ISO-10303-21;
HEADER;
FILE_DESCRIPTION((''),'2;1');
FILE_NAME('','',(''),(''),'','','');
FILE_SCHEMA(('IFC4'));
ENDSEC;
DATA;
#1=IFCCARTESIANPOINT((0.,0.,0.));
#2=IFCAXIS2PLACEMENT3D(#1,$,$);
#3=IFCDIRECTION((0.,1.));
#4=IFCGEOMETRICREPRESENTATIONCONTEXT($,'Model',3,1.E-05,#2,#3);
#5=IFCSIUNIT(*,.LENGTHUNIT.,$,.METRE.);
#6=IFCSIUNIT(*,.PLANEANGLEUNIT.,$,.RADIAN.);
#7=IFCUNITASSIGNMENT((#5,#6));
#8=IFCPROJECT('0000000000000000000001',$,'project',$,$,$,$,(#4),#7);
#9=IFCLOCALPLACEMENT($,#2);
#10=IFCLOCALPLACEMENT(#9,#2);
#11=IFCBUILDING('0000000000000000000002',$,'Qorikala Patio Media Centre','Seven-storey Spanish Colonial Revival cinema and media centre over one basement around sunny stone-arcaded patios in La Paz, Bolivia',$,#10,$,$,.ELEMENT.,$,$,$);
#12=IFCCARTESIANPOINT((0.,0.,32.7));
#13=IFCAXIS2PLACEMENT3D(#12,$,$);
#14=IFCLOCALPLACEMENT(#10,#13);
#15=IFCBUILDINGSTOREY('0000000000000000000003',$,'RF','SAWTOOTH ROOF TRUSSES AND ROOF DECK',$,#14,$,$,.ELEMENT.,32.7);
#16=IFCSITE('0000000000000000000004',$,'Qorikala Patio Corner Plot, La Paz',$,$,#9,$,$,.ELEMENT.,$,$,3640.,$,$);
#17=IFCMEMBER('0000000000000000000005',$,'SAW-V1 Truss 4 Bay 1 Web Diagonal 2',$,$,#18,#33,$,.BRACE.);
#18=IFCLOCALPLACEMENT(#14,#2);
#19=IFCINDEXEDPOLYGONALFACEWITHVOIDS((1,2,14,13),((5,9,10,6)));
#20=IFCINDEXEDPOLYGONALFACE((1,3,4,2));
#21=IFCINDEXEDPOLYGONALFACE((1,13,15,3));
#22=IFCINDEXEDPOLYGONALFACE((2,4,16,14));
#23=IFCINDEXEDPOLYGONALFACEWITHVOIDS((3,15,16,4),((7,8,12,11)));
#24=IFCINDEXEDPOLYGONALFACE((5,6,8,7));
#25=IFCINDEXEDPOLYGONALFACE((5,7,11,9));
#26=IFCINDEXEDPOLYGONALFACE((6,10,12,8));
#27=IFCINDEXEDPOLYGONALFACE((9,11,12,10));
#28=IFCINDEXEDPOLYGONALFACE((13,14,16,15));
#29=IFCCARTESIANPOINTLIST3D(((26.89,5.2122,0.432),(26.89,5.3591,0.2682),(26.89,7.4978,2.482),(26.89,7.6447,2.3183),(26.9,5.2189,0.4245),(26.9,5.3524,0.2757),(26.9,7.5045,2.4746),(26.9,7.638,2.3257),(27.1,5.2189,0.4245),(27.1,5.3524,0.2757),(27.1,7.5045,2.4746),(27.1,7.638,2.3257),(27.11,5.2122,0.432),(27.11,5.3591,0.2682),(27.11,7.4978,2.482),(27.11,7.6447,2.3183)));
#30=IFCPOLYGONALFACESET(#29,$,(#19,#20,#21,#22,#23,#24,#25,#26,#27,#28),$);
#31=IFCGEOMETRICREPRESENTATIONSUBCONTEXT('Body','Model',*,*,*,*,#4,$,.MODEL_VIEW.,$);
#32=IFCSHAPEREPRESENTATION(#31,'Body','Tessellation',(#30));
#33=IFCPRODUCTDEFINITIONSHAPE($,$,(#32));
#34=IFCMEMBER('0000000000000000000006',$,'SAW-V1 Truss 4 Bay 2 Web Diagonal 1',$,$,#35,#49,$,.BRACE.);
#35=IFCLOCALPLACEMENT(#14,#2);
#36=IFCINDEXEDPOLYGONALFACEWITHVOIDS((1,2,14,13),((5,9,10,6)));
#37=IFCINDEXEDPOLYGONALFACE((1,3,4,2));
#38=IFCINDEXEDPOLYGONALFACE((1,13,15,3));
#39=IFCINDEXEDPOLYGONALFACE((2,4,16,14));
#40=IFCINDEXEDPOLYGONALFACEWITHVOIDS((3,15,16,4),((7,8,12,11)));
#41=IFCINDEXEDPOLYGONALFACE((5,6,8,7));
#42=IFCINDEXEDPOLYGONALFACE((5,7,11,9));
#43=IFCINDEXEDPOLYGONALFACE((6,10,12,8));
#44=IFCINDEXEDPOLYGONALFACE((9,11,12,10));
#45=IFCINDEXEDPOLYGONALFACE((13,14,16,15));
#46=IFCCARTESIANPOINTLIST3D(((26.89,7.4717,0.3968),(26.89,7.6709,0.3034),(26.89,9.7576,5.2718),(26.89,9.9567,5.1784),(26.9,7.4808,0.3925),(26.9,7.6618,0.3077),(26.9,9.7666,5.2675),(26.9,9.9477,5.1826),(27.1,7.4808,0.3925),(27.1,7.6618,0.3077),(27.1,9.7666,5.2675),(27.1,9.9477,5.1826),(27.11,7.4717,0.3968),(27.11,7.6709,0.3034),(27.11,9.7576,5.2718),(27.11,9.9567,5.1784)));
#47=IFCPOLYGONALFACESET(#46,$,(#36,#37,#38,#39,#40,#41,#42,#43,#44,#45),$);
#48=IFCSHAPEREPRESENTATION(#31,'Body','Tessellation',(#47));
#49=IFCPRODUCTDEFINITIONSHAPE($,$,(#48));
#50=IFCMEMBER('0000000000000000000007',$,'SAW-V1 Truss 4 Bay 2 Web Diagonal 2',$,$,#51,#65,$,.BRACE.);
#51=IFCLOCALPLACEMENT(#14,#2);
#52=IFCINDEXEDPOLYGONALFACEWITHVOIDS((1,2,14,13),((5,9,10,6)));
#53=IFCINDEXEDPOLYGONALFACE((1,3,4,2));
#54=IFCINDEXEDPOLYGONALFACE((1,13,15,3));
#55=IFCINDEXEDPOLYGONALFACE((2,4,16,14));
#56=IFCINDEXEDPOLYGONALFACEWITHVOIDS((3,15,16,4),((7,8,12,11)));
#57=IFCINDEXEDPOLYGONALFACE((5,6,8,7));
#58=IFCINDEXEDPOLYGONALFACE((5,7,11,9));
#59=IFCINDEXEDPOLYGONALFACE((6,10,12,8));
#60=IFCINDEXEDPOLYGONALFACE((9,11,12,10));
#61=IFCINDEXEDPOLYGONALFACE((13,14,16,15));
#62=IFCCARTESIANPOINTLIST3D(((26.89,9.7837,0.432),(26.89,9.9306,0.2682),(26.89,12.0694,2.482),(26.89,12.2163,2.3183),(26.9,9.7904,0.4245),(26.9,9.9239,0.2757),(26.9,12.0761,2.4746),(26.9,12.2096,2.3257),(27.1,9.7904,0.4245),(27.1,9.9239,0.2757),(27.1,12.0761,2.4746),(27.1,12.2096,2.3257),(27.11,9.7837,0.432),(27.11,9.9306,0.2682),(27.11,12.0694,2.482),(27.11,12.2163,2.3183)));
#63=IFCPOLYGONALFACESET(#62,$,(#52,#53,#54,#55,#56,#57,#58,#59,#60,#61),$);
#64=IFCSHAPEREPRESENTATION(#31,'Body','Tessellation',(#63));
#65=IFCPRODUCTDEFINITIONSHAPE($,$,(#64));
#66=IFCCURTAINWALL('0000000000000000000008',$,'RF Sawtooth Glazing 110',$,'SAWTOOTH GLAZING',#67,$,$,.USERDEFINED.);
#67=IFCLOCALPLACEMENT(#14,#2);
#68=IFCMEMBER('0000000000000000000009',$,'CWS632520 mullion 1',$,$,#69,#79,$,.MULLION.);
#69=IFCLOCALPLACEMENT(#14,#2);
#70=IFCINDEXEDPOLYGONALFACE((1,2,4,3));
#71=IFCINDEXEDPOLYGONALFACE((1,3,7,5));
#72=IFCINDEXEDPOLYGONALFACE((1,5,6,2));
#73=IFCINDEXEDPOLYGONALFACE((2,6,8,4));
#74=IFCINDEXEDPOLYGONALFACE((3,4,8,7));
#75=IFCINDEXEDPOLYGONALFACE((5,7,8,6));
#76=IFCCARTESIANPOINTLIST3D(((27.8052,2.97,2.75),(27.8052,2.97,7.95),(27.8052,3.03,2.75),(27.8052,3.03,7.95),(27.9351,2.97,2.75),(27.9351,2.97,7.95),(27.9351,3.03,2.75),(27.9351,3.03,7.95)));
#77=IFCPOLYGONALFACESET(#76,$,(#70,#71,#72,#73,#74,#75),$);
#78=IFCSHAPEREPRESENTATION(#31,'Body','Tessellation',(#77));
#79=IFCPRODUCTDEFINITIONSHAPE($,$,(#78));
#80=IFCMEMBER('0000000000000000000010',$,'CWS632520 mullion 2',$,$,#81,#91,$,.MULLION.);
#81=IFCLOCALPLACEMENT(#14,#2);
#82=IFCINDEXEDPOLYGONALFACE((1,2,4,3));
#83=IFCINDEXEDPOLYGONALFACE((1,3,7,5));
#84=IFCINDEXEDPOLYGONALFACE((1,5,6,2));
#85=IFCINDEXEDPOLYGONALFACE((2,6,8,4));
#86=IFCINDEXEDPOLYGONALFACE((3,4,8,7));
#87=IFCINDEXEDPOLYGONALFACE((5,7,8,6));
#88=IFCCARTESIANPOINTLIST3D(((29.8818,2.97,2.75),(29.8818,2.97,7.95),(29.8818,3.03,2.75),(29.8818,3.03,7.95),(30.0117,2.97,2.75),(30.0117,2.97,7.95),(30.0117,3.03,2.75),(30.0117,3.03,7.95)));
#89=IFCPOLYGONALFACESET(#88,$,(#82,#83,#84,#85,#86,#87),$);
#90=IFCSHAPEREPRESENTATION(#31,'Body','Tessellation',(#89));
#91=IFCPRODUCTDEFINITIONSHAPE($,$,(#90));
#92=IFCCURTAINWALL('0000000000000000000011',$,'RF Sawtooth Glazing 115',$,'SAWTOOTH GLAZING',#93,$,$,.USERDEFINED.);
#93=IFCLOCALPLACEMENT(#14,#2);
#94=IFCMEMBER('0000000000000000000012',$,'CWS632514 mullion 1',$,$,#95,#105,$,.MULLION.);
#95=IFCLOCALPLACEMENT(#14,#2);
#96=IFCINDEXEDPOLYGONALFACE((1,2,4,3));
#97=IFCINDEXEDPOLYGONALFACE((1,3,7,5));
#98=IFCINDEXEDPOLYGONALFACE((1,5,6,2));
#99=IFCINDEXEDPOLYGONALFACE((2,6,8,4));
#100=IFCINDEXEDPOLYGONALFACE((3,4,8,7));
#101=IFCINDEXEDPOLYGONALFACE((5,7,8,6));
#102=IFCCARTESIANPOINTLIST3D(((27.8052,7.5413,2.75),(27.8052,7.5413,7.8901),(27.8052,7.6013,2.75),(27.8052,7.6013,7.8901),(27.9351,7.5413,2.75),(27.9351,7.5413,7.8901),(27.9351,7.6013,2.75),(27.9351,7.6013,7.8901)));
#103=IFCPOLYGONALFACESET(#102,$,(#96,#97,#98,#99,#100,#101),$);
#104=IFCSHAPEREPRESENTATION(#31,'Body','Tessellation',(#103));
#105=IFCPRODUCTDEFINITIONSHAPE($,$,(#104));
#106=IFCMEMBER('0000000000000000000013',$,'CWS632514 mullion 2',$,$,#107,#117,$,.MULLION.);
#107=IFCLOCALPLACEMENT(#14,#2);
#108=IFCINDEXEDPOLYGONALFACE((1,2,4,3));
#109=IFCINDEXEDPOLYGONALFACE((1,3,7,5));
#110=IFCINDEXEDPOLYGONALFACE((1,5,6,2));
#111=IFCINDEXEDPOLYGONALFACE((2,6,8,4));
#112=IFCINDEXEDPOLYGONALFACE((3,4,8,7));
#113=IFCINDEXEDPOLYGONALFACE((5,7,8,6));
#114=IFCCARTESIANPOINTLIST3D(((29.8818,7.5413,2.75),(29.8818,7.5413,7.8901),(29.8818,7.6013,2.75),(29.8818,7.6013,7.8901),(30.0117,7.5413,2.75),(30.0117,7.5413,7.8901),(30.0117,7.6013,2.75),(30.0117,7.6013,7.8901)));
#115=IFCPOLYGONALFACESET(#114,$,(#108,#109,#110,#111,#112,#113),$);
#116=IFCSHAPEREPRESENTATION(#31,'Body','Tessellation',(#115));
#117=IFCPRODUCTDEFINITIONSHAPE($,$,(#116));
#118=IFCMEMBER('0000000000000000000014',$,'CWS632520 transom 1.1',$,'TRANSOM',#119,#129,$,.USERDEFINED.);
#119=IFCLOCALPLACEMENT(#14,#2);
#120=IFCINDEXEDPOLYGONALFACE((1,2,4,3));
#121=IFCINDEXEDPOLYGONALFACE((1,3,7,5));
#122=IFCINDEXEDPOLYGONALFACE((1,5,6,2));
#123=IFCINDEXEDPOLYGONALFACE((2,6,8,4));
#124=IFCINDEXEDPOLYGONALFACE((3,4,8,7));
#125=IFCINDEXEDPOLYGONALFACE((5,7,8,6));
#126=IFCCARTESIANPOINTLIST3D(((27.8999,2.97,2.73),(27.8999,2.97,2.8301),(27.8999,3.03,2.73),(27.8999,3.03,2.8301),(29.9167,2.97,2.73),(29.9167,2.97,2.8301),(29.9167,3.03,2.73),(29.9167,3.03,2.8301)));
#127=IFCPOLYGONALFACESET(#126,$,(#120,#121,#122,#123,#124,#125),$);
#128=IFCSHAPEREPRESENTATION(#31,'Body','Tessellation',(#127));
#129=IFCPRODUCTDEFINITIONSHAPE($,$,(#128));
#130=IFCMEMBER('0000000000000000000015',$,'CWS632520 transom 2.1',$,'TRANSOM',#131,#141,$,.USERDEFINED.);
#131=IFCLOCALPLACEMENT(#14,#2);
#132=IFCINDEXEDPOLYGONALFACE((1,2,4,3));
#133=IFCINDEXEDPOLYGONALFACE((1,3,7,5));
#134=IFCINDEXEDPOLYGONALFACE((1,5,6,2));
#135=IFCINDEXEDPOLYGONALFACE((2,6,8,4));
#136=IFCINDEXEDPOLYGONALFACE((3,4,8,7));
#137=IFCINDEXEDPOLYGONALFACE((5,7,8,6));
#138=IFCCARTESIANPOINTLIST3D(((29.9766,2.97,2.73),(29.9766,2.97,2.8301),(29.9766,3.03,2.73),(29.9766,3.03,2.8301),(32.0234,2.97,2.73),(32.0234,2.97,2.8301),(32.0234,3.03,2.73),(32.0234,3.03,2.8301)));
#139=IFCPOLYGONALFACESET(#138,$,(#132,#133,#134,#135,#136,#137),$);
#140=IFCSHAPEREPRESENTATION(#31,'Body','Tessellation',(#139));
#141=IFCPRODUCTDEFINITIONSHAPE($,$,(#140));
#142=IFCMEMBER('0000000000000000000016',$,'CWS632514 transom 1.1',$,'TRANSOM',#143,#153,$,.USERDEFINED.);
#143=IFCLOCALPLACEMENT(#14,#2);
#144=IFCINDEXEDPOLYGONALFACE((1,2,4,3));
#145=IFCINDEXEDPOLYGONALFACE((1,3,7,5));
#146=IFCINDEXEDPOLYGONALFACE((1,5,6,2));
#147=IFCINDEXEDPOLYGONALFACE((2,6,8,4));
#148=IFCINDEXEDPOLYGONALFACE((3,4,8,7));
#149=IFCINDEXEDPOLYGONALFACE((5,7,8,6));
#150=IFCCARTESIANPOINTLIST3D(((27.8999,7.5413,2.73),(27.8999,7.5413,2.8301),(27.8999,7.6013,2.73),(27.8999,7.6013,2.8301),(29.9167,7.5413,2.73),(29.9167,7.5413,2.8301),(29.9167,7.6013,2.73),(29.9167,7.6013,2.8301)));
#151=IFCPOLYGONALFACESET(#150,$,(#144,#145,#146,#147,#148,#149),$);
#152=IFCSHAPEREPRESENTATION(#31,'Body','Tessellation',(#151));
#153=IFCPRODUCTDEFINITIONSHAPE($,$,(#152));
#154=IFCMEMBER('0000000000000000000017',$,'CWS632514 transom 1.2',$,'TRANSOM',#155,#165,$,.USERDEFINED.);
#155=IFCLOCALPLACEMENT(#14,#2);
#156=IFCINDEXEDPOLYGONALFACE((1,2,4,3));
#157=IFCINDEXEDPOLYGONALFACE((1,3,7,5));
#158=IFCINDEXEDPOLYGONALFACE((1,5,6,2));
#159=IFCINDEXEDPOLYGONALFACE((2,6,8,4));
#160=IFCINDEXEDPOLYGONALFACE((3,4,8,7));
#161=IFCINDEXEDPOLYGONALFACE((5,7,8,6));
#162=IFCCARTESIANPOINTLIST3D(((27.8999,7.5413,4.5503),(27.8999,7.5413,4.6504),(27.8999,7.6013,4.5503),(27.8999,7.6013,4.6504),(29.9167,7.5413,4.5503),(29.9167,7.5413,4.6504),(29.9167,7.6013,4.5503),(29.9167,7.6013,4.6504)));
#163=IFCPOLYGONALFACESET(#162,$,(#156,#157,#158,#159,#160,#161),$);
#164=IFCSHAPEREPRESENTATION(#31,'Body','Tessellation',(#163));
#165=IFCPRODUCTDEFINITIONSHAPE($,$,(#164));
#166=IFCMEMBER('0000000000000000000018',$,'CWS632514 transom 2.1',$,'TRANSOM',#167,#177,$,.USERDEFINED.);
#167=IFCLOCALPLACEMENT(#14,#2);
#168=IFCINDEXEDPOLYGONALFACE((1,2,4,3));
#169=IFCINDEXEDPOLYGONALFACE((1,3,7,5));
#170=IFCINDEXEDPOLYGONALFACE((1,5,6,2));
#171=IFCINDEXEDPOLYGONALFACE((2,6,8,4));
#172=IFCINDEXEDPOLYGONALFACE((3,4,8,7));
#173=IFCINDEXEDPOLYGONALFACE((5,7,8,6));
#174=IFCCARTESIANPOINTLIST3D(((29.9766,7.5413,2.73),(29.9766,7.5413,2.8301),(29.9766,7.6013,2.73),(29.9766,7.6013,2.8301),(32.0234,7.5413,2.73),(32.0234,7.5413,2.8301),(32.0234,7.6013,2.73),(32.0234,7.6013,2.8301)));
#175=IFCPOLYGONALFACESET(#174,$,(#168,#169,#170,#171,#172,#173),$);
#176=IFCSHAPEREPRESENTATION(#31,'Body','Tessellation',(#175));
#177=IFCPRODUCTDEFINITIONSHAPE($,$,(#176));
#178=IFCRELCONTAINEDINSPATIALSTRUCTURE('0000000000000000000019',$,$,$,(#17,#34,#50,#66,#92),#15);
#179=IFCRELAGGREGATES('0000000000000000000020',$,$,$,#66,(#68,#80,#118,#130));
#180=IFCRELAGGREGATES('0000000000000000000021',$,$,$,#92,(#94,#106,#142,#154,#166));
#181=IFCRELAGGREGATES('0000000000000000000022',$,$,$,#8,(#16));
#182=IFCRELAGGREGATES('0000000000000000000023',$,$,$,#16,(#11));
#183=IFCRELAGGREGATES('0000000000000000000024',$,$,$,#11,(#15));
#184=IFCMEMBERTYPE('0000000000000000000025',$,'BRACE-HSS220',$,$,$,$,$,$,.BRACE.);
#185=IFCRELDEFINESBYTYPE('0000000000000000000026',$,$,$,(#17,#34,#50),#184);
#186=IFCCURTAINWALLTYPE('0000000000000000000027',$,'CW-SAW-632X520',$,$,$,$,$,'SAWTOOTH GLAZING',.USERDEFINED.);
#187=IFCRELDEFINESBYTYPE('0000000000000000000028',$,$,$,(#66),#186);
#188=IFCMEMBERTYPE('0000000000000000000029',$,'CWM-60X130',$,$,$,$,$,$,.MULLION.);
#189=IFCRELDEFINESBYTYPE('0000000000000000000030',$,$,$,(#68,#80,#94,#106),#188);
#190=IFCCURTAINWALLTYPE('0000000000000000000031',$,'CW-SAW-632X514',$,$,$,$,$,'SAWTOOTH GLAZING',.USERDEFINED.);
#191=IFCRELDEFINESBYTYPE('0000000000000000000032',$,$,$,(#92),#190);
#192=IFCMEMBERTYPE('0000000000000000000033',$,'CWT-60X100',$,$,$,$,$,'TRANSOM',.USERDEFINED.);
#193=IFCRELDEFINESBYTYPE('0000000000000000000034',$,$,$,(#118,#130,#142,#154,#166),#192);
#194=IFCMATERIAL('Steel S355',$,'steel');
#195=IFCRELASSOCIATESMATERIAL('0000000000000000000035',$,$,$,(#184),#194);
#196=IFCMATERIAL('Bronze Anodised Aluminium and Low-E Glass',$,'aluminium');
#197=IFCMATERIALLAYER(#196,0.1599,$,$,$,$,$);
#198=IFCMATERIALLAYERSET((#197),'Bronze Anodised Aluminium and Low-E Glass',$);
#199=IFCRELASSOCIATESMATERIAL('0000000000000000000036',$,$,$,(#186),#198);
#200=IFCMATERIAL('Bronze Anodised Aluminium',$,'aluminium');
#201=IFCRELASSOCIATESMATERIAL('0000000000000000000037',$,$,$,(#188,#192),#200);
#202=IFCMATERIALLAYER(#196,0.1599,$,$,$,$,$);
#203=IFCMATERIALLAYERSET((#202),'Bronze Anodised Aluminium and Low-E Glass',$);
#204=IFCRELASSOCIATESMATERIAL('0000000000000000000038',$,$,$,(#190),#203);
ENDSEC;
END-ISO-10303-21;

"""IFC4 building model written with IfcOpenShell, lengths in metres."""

from ifc_helpers import new_model, si_unit, direction, frame, origin, origin_2d, place, context, subcontext, project, spatial, rectangle, hollow_rectangle, extrude, material, layer, layer_set, material_profile, profile_set, type_object, element, aggregate, save


model = new_model("IFC4")

# Units and contexts
model_context = context("Model", 3, precision=1e-05, world=origin(), true_north=direction((0.0, 1.0)))
body_context = subcontext(model_context, "Body", "Model", "MODEL_VIEW")
ifc_project = project(units=[si_unit("LENGTHUNIT", "METRE"), si_unit("PLANEANGLEUNIT", "RADIAN")], contexts=[model_context])

# Site, building, storey
site_placement = place(None, origin())
site = spatial("IfcSite", under=ifc_project, at=site_placement, Name="Qorikala Patio Corner Plot, La Paz", CompositionType="ELEMENT", RefElevation=3640.0)
building_placement = place(site_placement, origin())
building = spatial("IfcBuilding", under=site, at=building_placement, Name="Qorikala Patio Media Centre", Description="Seven-storey Spanish Colonial Revival cinema and media centre over one basement around sunny stone-arcaded patios in La Paz, Bolivia", CompositionType="ELEMENT")
storey_placement = place(building_placement, frame((0.0, 0.0, 32.7)))
storey = spatial("IfcBuildingStorey", under=building, at=storey_placement, Name="RF", Description="SAWTOOTH ROOF TRUSSES AND ROOF DECK", CompositionType="ELEMENT", Elevation=32.7)

# Members
ifc_material_1 = material(Name="Steel S355", Category="steel")
ifc_material_profile_1 = material_profile(ifc_material_1, hollow_rectangle(XDim=0.22, YDim=0.22, WallThickness=0.01, at=origin_2d()), Name="HSS220X220X10")
ifc_profile_set_1 = profile_set([ifc_material_profile_1], Name="Steel S355")
member_type_1 = type_object("IfcMemberType", Name="BRACE-HSS220", PredefinedType="BRACE", material=ifc_profile_set_1)
member_1_placement = place(storey_placement, frame((27.0, 5.2856, 0.3501), z_axis=(0.0, 0.744432, 0.667699), x_axis=(-1.0, 0.0, 0.0)))
element("IfcMember", 1, at=member_1_placement, inside=storey, type_object=member_type_1, Name="SAW-V1 Truss 4 Bay 1 Web Diagonal 2", PredefinedType="BRACE", context=body_context, shape_type="SweptSolid", body=[
    extrude(hollow_rectangle(XDim=0.22, YDim=0.22, WallThickness=0.01, at=origin_2d()), origin(), (0.0, 0.0, 1.0), 3.0703),
])
member_2_placement = place(storey_placement, frame((27.0, 7.5713, 0.3501), z_axis=(0.0, 0.424545, 0.905407), x_axis=(-1.0, 0.0, 0.0)))
element("IfcMember", 2, at=member_2_placement, inside=storey, type_object=member_type_1, Name="SAW-V1 Truss 4 Bay 2 Web Diagonal 1", PredefinedType="BRACE", context=body_context, shape_type="SweptSolid", body=[
    extrude(hollow_rectangle(XDim=0.22, YDim=0.22, WallThickness=0.01, at=origin_2d()), origin(), (0.0, 0.0, 1.0), 5.3843),
])
member_3_placement = place(storey_placement, frame((27.0, 9.8572, 0.3501), z_axis=(0.0, 0.744432, 0.667699), x_axis=(-1.0, 0.0, 0.0)))
element("IfcMember", 3, at=member_3_placement, inside=storey, type_object=member_type_1, Name="SAW-V1 Truss 4 Bay 2 Web Diagonal 2", PredefinedType="BRACE", context=body_context, shape_type="SweptSolid", body=[
    extrude(hollow_rectangle(XDim=0.22, YDim=0.22, WallThickness=0.01, at=origin_2d()), origin(), (0.0, 0.0, 1.0), 3.0703),
])

# Curtain walls, members
ifc_material_2 = material(Name="Bronze Anodised Aluminium and Low-E Glass", Category="aluminium")
ifc_layer_1 = layer(ifc_material_2, 0.1599)
ifc_layer_set_1 = layer_set([ifc_layer_1], Name="Bronze Anodised Aluminium and Low-E Glass")
curtain_wall_type_1 = type_object("IfcCurtainWallType", Name="CW-SAW-632X520", ElementType="SAWTOOTH GLAZING", PredefinedType="USERDEFINED", material=ifc_layer_set_1)
curtain_wall_1_placement = place(storey_placement, origin())
curtain_wall_1 = element("IfcCurtainWall", 4, at=curtain_wall_1_placement, inside=storey, type_object=curtain_wall_type_1, Name="RF Sawtooth Glazing 110", ObjectType="SAWTOOTH GLAZING", PredefinedType="USERDEFINED")
ifc_material_3 = material(Name="Bronze Anodised Aluminium", Category="aluminium")
ifc_material_profile_2 = material_profile(ifc_material_3, rectangle(XDim=0.0601, YDim=0.1299, at=origin_2d()), Name="ALU MULLION 60x130")
ifc_profile_set_2 = profile_set([ifc_material_profile_2], Name="Bronze Anodised Aluminium")
member_type_2 = type_object("IfcMemberType", Name="CWM-60X130", PredefinedType="MULLION", material=ifc_profile_set_2)
member_4_placement = place(storey_placement, frame((27.8701, 3.0, 2.75), z_axis=(0.0, 0.0, 1.0), x_axis=(0.0, 1.0, 0.0)))
member_4 = element("IfcMember", 5, at=member_4_placement, type_object=member_type_2, Name="CWS632520 mullion 1", PredefinedType="MULLION", context=body_context, shape_type="SweptSolid", body=[
    extrude(rectangle(XDim=0.0601, YDim=0.1299, at=origin_2d()), origin(), (0.0, 0.0, 1.0), 5.2),
])
member_5_placement = place(storey_placement, frame((29.9468, 3.0, 2.75), z_axis=(0.0, 0.0, 1.0), x_axis=(0.0, 1.0, 0.0)))
member_5 = element("IfcMember", 6, at=member_5_placement, type_object=member_type_2, Name="CWS632520 mullion 2", PredefinedType="MULLION", context=body_context, shape_type="SweptSolid", body=[
    extrude(rectangle(XDim=0.0601, YDim=0.1299, at=origin_2d()), origin(), (0.0, 0.0, 1.0), 5.2),
])
ifc_layer_2 = layer(ifc_material_2, 0.1599)
ifc_layer_set_2 = layer_set([ifc_layer_2], Name="Bronze Anodised Aluminium and Low-E Glass")
curtain_wall_type_2 = type_object("IfcCurtainWallType", Name="CW-SAW-632X514", ElementType="SAWTOOTH GLAZING", PredefinedType="USERDEFINED", material=ifc_layer_set_2)
curtain_wall_2_placement = place(storey_placement, origin())
curtain_wall_2 = element("IfcCurtainWall", 7, at=curtain_wall_2_placement, inside=storey, type_object=curtain_wall_type_2, Name="RF Sawtooth Glazing 115", ObjectType="SAWTOOTH GLAZING", PredefinedType="USERDEFINED")
member_6_placement = place(storey_placement, frame((27.8701, 7.5713, 2.75), z_axis=(0.0, 0.0, 1.0), x_axis=(0.0, 1.0, 0.0)))
member_6 = element("IfcMember", 8, at=member_6_placement, type_object=member_type_2, Name="CWS632514 mullion 1", PredefinedType="MULLION", context=body_context, shape_type="SweptSolid", body=[
    extrude(rectangle(XDim=0.0601, YDim=0.1299, at=origin_2d()), origin(), (0.0, 0.0, 1.0), 5.1401),
])
member_7_placement = place(storey_placement, frame((29.9468, 7.5713, 2.75), z_axis=(0.0, 0.0, 1.0), x_axis=(0.0, 1.0, 0.0)))
member_7 = element("IfcMember", 9, at=member_7_placement, type_object=member_type_2, Name="CWS632514 mullion 2", PredefinedType="MULLION", context=body_context, shape_type="SweptSolid", body=[
    extrude(rectangle(XDim=0.0601, YDim=0.1299, at=origin_2d()), origin(), (0.0, 0.0, 1.0), 5.1401),
])

# Members
ifc_material_profile_3 = material_profile(ifc_material_3, rectangle(XDim=0.0601, YDim=0.1001, at=origin_2d()), Name="ALU TRANSOM 60x100")
ifc_profile_set_3 = profile_set([ifc_material_profile_3], Name="Bronze Anodised Aluminium")
member_type_3 = type_object("IfcMemberType", Name="CWT-60X100", ElementType="TRANSOM", PredefinedType="USERDEFINED", material=ifc_profile_set_3)
member_8_placement = place(storey_placement, frame((27.8999, 3.0, 2.78), z_axis=(1.0, 0.0, 0.0), x_axis=(0.0, 1.0, 0.0)))
member_8 = element("IfcMember", 10, at=member_8_placement, type_object=member_type_3, Name="CWS632520 transom 1.1", ObjectType="TRANSOM", PredefinedType="USERDEFINED", context=body_context, shape_type="SweptSolid", body=[
    extrude(rectangle(XDim=0.0601, YDim=0.1001, at=origin_2d()), origin(), (0.0, 0.0, 1.0), 2.0168),
])
member_9_placement = place(storey_placement, frame((29.9766, 3.0, 2.78), z_axis=(1.0, 0.0, 0.0), x_axis=(0.0, 1.0, 0.0)))
member_9 = element("IfcMember", 11, at=member_9_placement, type_object=member_type_3, Name="CWS632520 transom 2.1", ObjectType="TRANSOM", PredefinedType="USERDEFINED", context=body_context, shape_type="SweptSolid", body=[
    extrude(rectangle(XDim=0.0601, YDim=0.1001, at=origin_2d()), origin(), (0.0, 0.0, 1.0), 2.0469),
])
member_10_placement = place(storey_placement, frame((27.8999, 7.5713, 2.78), z_axis=(1.0, 0.0, 0.0), x_axis=(0.0, 1.0, 0.0)))
member_10 = element("IfcMember", 12, at=member_10_placement, type_object=member_type_3, Name="CWS632514 transom 1.1", ObjectType="TRANSOM", PredefinedType="USERDEFINED", context=body_context, shape_type="SweptSolid", body=[
    extrude(rectangle(XDim=0.0601, YDim=0.1001, at=origin_2d()), origin(), (0.0, 0.0, 1.0), 2.0168),
])
member_11_placement = place(storey_placement, frame((27.8999, 7.5713, 4.6003), z_axis=(1.0, 0.0, 0.0), x_axis=(0.0, 1.0, 0.0)))
member_11 = element("IfcMember", 13, at=member_11_placement, type_object=member_type_3, Name="CWS632514 transom 1.2", ObjectType="TRANSOM", PredefinedType="USERDEFINED", context=body_context, shape_type="SweptSolid", body=[
    extrude(rectangle(XDim=0.0601, YDim=0.1001, at=origin_2d()), origin(), (0.0, 0.0, 1.0), 2.0168),
])
member_12_placement = place(storey_placement, frame((29.9766, 7.5713, 2.78), z_axis=(1.0, 0.0, 0.0), x_axis=(0.0, 1.0, 0.0)))
member_12 = element("IfcMember", 14, at=member_12_placement, type_object=member_type_3, Name="CWS632514 transom 2.1", ObjectType="TRANSOM", PredefinedType="USERDEFINED", context=body_context, shape_type="SweptSolid", body=[
    extrude(rectangle(XDim=0.0601, YDim=0.1001, at=origin_2d()), origin(), (0.0, 0.0, 1.0), 2.0469),
])

aggregate(curtain_wall_1, [member_4, member_5, member_8, member_9])
aggregate(curtain_wall_2, [member_6, member_7, member_10, member_11, member_12])

save(model, "model.ifc")
